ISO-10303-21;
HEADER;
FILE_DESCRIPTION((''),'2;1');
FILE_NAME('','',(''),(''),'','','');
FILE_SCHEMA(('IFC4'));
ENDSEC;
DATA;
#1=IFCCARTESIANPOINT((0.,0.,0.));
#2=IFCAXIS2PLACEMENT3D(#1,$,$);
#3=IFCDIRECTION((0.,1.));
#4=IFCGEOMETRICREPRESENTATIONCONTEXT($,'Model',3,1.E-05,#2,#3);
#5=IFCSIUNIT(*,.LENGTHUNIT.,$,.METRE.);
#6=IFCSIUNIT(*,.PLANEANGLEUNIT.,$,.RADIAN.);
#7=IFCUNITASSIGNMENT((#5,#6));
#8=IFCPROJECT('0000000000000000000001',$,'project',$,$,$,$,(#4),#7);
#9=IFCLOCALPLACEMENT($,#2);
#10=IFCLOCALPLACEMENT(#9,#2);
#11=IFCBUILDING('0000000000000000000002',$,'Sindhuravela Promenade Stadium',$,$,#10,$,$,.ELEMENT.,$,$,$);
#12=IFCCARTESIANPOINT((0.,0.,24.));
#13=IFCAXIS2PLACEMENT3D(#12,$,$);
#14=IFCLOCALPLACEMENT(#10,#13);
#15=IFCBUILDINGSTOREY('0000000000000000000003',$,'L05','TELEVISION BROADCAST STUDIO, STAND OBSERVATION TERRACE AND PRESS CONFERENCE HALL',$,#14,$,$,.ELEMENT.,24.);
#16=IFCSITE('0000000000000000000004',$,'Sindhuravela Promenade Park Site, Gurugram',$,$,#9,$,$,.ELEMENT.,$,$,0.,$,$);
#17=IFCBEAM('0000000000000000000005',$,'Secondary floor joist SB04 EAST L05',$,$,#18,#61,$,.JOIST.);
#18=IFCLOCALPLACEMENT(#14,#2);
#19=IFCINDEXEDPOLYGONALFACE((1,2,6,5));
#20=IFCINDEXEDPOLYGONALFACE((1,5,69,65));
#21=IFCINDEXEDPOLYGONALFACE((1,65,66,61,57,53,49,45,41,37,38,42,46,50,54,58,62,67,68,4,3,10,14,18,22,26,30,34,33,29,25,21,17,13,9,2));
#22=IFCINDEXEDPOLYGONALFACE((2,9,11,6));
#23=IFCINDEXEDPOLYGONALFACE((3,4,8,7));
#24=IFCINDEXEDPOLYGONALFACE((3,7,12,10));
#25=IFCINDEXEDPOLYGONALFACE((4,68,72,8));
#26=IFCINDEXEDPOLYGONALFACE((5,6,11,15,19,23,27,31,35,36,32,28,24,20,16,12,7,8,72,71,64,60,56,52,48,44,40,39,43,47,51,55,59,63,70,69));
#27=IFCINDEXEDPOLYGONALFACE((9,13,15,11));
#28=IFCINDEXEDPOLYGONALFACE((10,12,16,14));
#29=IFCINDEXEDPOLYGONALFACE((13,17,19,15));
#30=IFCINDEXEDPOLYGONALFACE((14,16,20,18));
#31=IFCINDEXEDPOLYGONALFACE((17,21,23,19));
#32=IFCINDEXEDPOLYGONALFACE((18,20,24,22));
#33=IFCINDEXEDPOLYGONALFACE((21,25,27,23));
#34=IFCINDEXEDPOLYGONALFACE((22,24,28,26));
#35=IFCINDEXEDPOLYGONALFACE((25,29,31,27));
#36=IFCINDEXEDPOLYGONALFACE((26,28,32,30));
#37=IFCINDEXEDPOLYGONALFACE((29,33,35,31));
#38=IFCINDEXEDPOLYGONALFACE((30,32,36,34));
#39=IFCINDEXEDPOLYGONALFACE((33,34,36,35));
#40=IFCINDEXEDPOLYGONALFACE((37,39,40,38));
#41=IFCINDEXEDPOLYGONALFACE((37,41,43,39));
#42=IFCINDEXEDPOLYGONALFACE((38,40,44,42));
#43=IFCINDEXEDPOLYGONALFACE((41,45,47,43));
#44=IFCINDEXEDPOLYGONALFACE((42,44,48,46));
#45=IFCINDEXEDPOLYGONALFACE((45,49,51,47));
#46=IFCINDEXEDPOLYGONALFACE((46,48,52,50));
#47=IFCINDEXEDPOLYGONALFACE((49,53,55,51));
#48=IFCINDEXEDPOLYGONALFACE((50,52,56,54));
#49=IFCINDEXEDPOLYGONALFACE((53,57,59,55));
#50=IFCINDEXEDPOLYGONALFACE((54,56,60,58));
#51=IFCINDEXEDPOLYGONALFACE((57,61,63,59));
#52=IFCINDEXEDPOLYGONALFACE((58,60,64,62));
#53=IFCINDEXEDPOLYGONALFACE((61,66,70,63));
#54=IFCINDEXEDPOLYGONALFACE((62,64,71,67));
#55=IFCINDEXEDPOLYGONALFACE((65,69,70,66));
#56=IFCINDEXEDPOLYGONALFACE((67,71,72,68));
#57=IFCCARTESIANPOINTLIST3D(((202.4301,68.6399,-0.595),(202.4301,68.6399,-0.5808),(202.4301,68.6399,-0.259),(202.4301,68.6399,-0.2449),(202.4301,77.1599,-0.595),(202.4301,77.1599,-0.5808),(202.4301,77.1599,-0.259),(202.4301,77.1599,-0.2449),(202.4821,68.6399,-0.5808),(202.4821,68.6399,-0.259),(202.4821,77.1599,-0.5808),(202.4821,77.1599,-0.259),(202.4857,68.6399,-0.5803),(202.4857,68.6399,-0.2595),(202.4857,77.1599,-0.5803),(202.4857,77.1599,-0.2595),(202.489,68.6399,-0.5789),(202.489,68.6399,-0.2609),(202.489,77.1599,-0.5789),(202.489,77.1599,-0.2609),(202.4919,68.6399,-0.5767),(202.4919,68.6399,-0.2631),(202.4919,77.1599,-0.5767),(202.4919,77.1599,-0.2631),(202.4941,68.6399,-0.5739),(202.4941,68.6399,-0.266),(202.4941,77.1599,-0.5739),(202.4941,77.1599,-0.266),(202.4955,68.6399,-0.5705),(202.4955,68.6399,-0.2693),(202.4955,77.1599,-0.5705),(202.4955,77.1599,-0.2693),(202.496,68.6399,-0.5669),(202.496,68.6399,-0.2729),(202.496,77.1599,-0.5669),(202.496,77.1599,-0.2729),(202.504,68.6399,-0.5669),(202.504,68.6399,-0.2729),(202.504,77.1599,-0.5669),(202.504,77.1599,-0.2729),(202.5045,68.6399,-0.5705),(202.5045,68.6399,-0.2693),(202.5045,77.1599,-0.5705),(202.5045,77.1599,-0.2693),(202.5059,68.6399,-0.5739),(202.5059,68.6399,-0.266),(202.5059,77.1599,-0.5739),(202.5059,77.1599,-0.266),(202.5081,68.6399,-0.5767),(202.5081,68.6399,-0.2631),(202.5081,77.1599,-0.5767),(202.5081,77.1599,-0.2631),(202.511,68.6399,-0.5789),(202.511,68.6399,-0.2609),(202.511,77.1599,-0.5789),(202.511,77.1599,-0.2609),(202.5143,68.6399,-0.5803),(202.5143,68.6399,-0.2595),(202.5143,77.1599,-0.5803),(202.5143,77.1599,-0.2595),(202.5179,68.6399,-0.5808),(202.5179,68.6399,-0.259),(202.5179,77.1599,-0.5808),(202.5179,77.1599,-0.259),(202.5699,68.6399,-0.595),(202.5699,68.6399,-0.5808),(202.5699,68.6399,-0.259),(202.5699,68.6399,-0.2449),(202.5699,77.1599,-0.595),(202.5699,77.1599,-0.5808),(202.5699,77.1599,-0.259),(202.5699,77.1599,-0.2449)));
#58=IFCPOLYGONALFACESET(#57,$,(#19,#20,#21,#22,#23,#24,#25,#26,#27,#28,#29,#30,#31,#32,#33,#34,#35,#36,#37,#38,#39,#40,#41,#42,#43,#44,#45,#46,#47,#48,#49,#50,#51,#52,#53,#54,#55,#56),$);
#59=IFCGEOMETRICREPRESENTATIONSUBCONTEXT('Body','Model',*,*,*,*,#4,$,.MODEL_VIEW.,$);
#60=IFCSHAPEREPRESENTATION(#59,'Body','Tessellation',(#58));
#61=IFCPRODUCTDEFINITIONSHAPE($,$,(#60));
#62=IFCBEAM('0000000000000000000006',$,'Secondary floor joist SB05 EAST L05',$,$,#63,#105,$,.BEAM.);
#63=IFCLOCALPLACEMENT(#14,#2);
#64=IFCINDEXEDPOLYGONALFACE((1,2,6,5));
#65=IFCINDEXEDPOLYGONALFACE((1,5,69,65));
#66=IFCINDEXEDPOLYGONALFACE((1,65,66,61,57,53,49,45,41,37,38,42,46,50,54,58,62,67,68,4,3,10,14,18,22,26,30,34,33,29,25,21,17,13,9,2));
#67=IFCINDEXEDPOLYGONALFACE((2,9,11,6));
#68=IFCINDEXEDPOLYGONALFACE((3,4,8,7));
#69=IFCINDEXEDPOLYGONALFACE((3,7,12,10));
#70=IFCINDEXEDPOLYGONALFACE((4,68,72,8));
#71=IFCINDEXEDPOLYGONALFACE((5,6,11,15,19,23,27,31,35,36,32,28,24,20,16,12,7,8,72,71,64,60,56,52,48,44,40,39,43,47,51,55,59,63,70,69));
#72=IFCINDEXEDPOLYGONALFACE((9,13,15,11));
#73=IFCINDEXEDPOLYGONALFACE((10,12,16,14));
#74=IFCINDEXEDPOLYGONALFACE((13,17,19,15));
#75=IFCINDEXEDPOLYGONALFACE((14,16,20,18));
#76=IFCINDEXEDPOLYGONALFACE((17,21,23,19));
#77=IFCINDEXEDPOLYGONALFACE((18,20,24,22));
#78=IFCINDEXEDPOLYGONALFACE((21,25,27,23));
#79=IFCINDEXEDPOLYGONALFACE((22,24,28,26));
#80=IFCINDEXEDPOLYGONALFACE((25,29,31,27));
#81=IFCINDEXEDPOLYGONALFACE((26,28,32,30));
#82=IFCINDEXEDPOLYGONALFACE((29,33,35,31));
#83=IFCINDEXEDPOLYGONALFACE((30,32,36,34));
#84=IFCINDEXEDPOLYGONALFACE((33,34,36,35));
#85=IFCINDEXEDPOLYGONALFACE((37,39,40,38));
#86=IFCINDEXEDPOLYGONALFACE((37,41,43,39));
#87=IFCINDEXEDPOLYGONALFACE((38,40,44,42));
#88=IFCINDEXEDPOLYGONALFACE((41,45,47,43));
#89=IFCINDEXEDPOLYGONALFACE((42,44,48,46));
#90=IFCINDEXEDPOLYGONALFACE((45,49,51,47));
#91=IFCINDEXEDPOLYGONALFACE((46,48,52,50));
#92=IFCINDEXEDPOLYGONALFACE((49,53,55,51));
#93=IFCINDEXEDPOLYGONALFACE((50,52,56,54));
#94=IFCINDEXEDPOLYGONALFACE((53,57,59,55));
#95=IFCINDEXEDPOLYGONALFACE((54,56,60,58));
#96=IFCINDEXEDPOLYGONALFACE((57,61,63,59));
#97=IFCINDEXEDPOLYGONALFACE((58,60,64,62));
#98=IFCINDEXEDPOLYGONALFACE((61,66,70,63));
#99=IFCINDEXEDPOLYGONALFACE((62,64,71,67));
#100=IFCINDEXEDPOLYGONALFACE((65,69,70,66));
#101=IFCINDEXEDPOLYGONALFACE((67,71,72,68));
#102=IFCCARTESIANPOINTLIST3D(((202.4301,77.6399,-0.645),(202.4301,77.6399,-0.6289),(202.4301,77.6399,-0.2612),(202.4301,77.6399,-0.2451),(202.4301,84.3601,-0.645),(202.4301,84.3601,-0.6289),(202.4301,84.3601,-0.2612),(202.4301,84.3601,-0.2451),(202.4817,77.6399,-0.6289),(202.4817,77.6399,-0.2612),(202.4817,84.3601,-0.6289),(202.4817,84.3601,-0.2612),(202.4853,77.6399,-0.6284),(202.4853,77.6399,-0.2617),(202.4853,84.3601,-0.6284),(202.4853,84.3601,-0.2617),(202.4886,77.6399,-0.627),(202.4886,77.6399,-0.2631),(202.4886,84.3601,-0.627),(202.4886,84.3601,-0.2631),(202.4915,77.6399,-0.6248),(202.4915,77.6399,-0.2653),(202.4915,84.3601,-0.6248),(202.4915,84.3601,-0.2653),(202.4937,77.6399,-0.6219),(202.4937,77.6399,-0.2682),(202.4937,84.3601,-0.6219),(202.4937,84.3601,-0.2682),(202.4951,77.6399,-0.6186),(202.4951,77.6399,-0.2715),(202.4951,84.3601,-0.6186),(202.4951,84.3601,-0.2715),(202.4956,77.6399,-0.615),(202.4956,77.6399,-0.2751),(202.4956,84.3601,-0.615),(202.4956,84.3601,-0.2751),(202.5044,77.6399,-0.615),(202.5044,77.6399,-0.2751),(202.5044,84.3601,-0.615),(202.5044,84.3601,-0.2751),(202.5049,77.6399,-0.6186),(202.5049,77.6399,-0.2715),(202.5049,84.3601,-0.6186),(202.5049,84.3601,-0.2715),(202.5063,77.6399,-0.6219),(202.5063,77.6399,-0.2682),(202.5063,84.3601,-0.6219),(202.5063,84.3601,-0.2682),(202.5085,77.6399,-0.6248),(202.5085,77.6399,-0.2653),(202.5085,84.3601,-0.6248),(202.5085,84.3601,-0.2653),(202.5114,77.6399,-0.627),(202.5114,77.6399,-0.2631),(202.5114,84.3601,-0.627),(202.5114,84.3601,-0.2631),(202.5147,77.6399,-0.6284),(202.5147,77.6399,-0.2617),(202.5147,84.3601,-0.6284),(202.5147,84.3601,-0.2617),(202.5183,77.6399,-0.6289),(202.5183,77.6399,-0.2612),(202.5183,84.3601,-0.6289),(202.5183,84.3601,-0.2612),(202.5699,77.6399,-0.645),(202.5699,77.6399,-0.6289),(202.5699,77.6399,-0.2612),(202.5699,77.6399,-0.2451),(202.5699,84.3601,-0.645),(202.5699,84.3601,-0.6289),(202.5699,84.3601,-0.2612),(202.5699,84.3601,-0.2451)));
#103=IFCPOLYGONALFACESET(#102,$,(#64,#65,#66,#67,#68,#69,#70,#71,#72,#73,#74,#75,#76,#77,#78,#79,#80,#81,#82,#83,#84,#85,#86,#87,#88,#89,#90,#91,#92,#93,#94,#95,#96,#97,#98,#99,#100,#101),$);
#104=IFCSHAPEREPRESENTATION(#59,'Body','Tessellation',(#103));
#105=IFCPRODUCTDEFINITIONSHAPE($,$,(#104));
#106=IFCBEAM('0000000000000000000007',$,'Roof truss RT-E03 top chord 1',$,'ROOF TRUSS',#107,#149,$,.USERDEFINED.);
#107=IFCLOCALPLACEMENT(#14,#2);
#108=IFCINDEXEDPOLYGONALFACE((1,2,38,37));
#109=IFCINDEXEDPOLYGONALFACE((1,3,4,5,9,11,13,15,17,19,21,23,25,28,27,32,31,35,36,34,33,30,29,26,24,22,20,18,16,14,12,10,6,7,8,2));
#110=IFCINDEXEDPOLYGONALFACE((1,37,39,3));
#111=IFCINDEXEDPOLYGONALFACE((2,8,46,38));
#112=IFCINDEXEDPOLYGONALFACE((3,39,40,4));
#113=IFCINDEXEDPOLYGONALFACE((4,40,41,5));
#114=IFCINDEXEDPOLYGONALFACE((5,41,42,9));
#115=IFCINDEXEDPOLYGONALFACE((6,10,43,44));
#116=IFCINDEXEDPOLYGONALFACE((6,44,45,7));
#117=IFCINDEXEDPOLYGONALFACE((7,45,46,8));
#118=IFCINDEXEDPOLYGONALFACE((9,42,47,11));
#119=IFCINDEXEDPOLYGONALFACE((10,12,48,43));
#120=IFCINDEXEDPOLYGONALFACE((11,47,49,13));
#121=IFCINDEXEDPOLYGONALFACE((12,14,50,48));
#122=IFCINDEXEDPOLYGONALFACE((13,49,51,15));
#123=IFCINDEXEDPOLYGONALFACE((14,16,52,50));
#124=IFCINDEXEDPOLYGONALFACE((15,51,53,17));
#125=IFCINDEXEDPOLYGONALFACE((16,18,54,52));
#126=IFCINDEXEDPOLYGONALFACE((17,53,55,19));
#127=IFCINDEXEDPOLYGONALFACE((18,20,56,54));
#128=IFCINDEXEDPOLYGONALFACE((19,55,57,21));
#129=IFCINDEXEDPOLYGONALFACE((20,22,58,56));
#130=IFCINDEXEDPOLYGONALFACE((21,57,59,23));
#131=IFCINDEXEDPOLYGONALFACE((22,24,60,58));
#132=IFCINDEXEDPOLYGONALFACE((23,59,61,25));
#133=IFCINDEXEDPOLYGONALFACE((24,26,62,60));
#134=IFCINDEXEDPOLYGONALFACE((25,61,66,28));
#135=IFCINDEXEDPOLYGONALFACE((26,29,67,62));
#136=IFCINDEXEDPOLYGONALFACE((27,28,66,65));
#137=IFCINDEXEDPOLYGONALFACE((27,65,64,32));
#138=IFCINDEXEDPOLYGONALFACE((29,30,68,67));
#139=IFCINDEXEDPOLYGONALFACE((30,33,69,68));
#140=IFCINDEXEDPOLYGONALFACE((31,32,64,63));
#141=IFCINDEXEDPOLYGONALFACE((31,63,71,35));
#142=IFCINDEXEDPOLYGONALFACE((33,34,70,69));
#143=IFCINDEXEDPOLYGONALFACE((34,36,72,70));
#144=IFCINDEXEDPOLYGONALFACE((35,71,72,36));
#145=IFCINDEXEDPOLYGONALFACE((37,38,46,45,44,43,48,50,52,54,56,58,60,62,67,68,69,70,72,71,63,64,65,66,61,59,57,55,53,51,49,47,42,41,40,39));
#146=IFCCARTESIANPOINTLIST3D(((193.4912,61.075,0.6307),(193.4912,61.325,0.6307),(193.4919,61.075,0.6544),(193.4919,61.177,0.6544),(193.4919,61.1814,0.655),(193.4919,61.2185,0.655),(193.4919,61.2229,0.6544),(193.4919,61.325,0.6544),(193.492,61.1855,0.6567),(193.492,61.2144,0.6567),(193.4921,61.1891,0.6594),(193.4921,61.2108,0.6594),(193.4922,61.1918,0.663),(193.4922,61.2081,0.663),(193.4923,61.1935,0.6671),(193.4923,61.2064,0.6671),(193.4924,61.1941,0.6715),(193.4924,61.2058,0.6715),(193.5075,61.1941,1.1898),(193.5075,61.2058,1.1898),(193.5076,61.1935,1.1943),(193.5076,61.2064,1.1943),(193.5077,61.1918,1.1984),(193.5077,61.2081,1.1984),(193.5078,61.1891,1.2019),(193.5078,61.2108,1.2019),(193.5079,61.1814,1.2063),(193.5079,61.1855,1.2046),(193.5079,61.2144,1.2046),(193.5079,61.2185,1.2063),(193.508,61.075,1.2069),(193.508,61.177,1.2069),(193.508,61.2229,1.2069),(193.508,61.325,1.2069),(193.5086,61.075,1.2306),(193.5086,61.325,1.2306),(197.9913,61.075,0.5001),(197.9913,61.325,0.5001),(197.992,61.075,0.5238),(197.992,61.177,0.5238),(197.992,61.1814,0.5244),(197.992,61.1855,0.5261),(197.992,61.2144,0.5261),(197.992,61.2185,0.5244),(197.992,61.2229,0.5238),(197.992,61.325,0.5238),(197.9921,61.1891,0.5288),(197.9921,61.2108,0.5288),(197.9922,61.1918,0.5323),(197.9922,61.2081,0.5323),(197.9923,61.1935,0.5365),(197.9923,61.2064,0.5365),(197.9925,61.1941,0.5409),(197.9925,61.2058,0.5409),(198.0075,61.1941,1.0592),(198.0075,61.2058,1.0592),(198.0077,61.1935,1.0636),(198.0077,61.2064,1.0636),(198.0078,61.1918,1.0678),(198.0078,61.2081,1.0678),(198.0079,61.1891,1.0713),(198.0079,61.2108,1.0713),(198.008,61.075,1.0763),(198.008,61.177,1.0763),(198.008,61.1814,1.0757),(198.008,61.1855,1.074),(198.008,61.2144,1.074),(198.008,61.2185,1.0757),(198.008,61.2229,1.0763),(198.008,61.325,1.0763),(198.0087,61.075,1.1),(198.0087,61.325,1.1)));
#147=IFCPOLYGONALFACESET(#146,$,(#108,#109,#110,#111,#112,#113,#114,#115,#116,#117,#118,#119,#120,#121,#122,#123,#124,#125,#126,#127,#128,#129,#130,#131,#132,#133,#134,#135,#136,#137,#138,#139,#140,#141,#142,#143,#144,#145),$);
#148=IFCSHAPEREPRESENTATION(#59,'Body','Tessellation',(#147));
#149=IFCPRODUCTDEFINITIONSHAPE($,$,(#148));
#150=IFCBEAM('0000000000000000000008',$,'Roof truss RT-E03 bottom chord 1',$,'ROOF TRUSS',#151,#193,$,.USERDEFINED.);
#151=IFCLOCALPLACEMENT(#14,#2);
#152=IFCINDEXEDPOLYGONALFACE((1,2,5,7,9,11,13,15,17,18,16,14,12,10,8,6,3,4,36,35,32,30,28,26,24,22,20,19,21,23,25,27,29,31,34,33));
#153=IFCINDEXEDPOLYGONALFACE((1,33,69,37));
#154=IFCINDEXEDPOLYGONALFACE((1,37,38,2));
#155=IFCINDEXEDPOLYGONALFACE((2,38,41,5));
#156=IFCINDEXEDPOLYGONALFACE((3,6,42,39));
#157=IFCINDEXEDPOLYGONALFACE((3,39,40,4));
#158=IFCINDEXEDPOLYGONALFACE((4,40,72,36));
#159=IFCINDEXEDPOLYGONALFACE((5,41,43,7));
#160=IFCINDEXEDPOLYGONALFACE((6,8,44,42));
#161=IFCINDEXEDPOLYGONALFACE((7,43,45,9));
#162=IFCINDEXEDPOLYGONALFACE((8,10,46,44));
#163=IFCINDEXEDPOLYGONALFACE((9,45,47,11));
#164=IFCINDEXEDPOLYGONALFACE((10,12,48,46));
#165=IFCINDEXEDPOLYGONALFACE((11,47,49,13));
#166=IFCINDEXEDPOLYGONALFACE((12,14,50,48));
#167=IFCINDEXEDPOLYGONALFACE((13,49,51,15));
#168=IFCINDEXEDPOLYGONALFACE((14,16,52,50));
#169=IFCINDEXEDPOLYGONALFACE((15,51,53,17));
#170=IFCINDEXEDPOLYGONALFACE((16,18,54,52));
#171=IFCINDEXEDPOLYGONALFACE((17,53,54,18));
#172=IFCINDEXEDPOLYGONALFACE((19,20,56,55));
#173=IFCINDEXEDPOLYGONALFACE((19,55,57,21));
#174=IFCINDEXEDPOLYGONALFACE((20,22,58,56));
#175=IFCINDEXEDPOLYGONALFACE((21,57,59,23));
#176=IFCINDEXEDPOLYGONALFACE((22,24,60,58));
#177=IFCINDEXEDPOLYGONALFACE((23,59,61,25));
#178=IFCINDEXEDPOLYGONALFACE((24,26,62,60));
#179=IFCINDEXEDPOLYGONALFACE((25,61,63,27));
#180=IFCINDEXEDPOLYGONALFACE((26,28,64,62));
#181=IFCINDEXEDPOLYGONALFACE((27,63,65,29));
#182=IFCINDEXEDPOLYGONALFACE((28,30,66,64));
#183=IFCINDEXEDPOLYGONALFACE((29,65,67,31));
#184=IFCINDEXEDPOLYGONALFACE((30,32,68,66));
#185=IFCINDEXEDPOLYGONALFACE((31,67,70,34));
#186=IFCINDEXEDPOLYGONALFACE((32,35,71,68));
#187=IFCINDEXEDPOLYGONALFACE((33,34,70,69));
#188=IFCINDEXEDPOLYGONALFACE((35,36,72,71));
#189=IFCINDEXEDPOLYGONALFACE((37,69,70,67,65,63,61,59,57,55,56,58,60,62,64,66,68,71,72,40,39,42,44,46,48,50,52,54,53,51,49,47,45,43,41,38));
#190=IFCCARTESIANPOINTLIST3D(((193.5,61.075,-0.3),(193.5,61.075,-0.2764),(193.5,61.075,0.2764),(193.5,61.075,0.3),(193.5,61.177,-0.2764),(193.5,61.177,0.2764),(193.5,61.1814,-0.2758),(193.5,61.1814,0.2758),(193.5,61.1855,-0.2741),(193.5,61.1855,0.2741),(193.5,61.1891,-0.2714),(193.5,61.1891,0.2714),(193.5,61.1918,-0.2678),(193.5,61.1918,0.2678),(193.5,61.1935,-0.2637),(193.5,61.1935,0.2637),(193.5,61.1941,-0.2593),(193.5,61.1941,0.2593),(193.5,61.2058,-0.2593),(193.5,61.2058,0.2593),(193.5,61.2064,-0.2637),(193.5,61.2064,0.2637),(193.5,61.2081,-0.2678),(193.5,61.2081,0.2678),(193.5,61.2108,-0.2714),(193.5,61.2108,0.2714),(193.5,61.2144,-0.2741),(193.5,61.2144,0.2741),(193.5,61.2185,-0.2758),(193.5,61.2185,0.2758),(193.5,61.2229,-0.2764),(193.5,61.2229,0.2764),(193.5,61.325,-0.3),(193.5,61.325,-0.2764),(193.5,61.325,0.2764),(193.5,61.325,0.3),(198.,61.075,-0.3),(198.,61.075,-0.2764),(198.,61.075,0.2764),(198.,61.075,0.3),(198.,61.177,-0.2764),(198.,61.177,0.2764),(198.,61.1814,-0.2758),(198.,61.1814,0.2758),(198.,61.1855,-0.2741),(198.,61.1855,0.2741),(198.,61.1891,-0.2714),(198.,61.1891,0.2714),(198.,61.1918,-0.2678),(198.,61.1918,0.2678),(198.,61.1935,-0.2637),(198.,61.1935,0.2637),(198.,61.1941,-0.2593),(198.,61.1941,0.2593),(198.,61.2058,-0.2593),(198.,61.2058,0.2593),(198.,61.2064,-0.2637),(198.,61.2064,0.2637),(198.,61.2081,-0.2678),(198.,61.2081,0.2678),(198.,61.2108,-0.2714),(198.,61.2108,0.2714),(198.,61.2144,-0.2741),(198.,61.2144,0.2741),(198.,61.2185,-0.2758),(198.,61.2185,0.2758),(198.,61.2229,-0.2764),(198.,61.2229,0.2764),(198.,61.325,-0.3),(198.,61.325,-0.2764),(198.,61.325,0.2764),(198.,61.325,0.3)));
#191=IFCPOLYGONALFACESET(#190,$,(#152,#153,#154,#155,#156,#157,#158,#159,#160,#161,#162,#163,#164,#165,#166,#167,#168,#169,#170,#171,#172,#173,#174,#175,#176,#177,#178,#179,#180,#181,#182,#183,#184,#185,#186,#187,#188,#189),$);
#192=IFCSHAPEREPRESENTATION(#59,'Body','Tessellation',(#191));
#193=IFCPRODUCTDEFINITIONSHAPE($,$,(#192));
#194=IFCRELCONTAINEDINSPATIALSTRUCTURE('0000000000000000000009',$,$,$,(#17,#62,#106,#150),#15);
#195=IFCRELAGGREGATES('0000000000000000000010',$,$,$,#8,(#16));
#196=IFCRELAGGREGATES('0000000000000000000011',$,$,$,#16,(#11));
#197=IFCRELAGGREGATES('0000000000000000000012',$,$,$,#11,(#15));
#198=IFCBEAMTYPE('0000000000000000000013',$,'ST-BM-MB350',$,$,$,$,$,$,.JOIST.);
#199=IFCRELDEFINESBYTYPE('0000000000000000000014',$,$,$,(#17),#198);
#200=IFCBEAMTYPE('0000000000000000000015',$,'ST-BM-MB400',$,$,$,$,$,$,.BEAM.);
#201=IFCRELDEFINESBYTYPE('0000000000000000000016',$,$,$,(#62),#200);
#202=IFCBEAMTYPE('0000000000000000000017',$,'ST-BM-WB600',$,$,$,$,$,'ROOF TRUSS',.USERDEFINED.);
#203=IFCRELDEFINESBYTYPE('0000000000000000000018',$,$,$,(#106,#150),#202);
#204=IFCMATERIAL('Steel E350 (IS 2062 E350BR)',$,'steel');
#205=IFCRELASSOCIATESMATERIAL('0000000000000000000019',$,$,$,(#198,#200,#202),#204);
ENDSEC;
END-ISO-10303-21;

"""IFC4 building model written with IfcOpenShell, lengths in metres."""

from ifc_helpers import new_model, si_unit, direction, frame, origin, origin_2d, place, context, subcontext, project, spatial, i_section, extrude, material, material_profile, profile_set, type_object, element, save


model = new_model("IFC4")

# Units and contexts
model_context = context("Model", 3, precision=1e-05, world=origin(), true_north=direction((0.0, 1.0)))
body_context = subcontext(model_context, "Body", "Model", "MODEL_VIEW")
ifc_project = project(units=[si_unit("LENGTHUNIT", "METRE"), si_unit("PLANEANGLEUNIT", "RADIAN")], contexts=[model_context])

# Site, building, storey
site_placement = place(None, origin())
site = spatial("IfcSite", under=ifc_project, at=site_placement, Name="Sindhuravela Promenade Park Site, Gurugram", CompositionType="ELEMENT", RefElevation=0.0)
building_placement = place(site_placement, origin())
building = spatial("IfcBuilding", under=site, at=building_placement, Name="Sindhuravela Promenade Stadium", CompositionType="ELEMENT")
storey_placement = place(building_placement, frame((0.0, 0.0, 24.0)))
storey = spatial("IfcBuildingStorey", under=building, at=storey_placement, Name="L05", Description="TELEVISION BROADCAST STUDIO, STAND OBSERVATION TERRACE AND PRESS CONFERENCE HALL", CompositionType="ELEMENT", Elevation=24.0)

# Beams
ifc_material_1 = material(Name="Steel E350 (IS 2062 E350BR)", Category="steel")
ifc_material_profile_1 = material_profile(ifc_material_1, i_section(OverallWidth=0.1399, OverallDepth=0.3501, WebThickness=0.0081, FlangeThickness=0.0142, FilletRadius=0.0139, at=origin_2d()), Name="ISMB 350")
ifc_profile_set_1 = profile_set([ifc_material_profile_1], Name="Steel E350 (IS 2062 E350BR)")
beam_type_1 = type_object("IfcBeamType", Name="ST-BM-MB350", PredefinedType="JOIST", material=ifc_profile_set_1)
beam_1_placement = place(storey_placement, frame((202.5, 68.6399, -0.4199), z_axis=(0.0, 1.0, 0.0), x_axis=(-1.0, 0.0, 0.0)))
element("IfcBeam", 1, at=beam_1_placement, inside=storey, type_object=beam_type_1, Name="Secondary floor joist SB04 EAST L05", PredefinedType="JOIST", context=body_context, shape_type="SweptSolid", body=[
    extrude(i_section(OverallWidth=0.1399, OverallDepth=0.3501, WebThickness=0.0081, FlangeThickness=0.0142, FilletRadius=0.0139, at=origin_2d()), origin(), (0.0, 0.0, 1.0), 8.52),
])
ifc_material_profile_2 = material_profile(ifc_material_1, i_section(OverallWidth=0.1399, OverallDepth=0.3999, WebThickness=0.0088, FlangeThickness=0.0161, FilletRadius=0.0139, at=origin_2d()), Name="ISMB 400")
ifc_profile_set_2 = profile_set([ifc_material_profile_2], Name="Steel E350 (IS 2062 E350BR)")
beam_type_2 = type_object("IfcBeamType", Name="ST-BM-MB400", PredefinedType="BEAM", material=ifc_profile_set_2)
beam_2_placement = place(storey_placement, frame((202.5, 77.6399, -0.4451), z_axis=(0.0, 1.0, 0.0), x_axis=(-1.0, 0.0, 0.0)))
element("IfcBeam", 2, at=beam_2_placement, inside=storey, type_object=beam_type_2, Name="Secondary floor joist SB05 EAST L05", PredefinedType="BEAM", context=body_context, shape_type="SweptSolid", body=[
    extrude(i_section(OverallWidth=0.1399, OverallDepth=0.3999, WebThickness=0.0088, FlangeThickness=0.0161, FilletRadius=0.0139, at=origin_2d()), origin(), (0.0, 0.0, 1.0), 6.7202),
])
ifc_material_profile_3 = material_profile(ifc_material_1, i_section(OverallWidth=0.25, OverallDepth=0.6001, WebThickness=0.0117, FlangeThickness=0.0237, FilletRadius=0.0171, at=origin_2d()), Name="ISWB 600")
ifc_profile_set_3 = profile_set([ifc_material_profile_3], Name="Steel E350 (IS 2062 E350BR)")
beam_type_3 = type_object("IfcBeamType", Name="ST-BM-WB600", ElementType="ROOF TRUSS", PredefinedType="USERDEFINED", material=ifc_profile_set_3)
beam_3_placement = place(storey_placement, frame((198.0, 61.2, 0.8), z_axis=(-0.999579, 0.0, 0.029013), x_axis=(0.0, -1.0, 0.0)))
element("IfcBeam", 3, at=beam_3_placement, inside=storey, type_object=beam_type_3, Name="Roof truss RT-E03 top chord 1", ObjectType="ROOF TRUSS", PredefinedType="USERDEFINED", context=body_context, shape_type="SweptSolid", body=[
    extrude(i_section(OverallWidth=0.25, OverallDepth=0.6001, WebThickness=0.0117, FlangeThickness=0.0237, FilletRadius=0.0171, at=origin_2d()), origin(), (0.0, 0.0, 1.0), 4.502),
])
beam_4_placement = place(storey_placement, frame((198.0, 61.2, 0.0), z_axis=(-1.0, 0.0, 0.0), x_axis=(0.0, -1.0, 0.0)))
element("IfcBeam", 4, at=beam_4_placement, inside=storey, type_object=beam_type_3, Name="Roof truss RT-E03 bottom chord 1", ObjectType="ROOF TRUSS", PredefinedType="USERDEFINED", context=body_context, shape_type="SweptSolid", body=[
    extrude(i_section(OverallWidth=0.25, OverallDepth=0.6001, WebThickness=0.0117, FlangeThickness=0.0237, FilletRadius=0.0171, at=origin_2d()), origin(), (0.0, 0.0, 1.0), 4.5),
])

save(model, "model.ifc")
